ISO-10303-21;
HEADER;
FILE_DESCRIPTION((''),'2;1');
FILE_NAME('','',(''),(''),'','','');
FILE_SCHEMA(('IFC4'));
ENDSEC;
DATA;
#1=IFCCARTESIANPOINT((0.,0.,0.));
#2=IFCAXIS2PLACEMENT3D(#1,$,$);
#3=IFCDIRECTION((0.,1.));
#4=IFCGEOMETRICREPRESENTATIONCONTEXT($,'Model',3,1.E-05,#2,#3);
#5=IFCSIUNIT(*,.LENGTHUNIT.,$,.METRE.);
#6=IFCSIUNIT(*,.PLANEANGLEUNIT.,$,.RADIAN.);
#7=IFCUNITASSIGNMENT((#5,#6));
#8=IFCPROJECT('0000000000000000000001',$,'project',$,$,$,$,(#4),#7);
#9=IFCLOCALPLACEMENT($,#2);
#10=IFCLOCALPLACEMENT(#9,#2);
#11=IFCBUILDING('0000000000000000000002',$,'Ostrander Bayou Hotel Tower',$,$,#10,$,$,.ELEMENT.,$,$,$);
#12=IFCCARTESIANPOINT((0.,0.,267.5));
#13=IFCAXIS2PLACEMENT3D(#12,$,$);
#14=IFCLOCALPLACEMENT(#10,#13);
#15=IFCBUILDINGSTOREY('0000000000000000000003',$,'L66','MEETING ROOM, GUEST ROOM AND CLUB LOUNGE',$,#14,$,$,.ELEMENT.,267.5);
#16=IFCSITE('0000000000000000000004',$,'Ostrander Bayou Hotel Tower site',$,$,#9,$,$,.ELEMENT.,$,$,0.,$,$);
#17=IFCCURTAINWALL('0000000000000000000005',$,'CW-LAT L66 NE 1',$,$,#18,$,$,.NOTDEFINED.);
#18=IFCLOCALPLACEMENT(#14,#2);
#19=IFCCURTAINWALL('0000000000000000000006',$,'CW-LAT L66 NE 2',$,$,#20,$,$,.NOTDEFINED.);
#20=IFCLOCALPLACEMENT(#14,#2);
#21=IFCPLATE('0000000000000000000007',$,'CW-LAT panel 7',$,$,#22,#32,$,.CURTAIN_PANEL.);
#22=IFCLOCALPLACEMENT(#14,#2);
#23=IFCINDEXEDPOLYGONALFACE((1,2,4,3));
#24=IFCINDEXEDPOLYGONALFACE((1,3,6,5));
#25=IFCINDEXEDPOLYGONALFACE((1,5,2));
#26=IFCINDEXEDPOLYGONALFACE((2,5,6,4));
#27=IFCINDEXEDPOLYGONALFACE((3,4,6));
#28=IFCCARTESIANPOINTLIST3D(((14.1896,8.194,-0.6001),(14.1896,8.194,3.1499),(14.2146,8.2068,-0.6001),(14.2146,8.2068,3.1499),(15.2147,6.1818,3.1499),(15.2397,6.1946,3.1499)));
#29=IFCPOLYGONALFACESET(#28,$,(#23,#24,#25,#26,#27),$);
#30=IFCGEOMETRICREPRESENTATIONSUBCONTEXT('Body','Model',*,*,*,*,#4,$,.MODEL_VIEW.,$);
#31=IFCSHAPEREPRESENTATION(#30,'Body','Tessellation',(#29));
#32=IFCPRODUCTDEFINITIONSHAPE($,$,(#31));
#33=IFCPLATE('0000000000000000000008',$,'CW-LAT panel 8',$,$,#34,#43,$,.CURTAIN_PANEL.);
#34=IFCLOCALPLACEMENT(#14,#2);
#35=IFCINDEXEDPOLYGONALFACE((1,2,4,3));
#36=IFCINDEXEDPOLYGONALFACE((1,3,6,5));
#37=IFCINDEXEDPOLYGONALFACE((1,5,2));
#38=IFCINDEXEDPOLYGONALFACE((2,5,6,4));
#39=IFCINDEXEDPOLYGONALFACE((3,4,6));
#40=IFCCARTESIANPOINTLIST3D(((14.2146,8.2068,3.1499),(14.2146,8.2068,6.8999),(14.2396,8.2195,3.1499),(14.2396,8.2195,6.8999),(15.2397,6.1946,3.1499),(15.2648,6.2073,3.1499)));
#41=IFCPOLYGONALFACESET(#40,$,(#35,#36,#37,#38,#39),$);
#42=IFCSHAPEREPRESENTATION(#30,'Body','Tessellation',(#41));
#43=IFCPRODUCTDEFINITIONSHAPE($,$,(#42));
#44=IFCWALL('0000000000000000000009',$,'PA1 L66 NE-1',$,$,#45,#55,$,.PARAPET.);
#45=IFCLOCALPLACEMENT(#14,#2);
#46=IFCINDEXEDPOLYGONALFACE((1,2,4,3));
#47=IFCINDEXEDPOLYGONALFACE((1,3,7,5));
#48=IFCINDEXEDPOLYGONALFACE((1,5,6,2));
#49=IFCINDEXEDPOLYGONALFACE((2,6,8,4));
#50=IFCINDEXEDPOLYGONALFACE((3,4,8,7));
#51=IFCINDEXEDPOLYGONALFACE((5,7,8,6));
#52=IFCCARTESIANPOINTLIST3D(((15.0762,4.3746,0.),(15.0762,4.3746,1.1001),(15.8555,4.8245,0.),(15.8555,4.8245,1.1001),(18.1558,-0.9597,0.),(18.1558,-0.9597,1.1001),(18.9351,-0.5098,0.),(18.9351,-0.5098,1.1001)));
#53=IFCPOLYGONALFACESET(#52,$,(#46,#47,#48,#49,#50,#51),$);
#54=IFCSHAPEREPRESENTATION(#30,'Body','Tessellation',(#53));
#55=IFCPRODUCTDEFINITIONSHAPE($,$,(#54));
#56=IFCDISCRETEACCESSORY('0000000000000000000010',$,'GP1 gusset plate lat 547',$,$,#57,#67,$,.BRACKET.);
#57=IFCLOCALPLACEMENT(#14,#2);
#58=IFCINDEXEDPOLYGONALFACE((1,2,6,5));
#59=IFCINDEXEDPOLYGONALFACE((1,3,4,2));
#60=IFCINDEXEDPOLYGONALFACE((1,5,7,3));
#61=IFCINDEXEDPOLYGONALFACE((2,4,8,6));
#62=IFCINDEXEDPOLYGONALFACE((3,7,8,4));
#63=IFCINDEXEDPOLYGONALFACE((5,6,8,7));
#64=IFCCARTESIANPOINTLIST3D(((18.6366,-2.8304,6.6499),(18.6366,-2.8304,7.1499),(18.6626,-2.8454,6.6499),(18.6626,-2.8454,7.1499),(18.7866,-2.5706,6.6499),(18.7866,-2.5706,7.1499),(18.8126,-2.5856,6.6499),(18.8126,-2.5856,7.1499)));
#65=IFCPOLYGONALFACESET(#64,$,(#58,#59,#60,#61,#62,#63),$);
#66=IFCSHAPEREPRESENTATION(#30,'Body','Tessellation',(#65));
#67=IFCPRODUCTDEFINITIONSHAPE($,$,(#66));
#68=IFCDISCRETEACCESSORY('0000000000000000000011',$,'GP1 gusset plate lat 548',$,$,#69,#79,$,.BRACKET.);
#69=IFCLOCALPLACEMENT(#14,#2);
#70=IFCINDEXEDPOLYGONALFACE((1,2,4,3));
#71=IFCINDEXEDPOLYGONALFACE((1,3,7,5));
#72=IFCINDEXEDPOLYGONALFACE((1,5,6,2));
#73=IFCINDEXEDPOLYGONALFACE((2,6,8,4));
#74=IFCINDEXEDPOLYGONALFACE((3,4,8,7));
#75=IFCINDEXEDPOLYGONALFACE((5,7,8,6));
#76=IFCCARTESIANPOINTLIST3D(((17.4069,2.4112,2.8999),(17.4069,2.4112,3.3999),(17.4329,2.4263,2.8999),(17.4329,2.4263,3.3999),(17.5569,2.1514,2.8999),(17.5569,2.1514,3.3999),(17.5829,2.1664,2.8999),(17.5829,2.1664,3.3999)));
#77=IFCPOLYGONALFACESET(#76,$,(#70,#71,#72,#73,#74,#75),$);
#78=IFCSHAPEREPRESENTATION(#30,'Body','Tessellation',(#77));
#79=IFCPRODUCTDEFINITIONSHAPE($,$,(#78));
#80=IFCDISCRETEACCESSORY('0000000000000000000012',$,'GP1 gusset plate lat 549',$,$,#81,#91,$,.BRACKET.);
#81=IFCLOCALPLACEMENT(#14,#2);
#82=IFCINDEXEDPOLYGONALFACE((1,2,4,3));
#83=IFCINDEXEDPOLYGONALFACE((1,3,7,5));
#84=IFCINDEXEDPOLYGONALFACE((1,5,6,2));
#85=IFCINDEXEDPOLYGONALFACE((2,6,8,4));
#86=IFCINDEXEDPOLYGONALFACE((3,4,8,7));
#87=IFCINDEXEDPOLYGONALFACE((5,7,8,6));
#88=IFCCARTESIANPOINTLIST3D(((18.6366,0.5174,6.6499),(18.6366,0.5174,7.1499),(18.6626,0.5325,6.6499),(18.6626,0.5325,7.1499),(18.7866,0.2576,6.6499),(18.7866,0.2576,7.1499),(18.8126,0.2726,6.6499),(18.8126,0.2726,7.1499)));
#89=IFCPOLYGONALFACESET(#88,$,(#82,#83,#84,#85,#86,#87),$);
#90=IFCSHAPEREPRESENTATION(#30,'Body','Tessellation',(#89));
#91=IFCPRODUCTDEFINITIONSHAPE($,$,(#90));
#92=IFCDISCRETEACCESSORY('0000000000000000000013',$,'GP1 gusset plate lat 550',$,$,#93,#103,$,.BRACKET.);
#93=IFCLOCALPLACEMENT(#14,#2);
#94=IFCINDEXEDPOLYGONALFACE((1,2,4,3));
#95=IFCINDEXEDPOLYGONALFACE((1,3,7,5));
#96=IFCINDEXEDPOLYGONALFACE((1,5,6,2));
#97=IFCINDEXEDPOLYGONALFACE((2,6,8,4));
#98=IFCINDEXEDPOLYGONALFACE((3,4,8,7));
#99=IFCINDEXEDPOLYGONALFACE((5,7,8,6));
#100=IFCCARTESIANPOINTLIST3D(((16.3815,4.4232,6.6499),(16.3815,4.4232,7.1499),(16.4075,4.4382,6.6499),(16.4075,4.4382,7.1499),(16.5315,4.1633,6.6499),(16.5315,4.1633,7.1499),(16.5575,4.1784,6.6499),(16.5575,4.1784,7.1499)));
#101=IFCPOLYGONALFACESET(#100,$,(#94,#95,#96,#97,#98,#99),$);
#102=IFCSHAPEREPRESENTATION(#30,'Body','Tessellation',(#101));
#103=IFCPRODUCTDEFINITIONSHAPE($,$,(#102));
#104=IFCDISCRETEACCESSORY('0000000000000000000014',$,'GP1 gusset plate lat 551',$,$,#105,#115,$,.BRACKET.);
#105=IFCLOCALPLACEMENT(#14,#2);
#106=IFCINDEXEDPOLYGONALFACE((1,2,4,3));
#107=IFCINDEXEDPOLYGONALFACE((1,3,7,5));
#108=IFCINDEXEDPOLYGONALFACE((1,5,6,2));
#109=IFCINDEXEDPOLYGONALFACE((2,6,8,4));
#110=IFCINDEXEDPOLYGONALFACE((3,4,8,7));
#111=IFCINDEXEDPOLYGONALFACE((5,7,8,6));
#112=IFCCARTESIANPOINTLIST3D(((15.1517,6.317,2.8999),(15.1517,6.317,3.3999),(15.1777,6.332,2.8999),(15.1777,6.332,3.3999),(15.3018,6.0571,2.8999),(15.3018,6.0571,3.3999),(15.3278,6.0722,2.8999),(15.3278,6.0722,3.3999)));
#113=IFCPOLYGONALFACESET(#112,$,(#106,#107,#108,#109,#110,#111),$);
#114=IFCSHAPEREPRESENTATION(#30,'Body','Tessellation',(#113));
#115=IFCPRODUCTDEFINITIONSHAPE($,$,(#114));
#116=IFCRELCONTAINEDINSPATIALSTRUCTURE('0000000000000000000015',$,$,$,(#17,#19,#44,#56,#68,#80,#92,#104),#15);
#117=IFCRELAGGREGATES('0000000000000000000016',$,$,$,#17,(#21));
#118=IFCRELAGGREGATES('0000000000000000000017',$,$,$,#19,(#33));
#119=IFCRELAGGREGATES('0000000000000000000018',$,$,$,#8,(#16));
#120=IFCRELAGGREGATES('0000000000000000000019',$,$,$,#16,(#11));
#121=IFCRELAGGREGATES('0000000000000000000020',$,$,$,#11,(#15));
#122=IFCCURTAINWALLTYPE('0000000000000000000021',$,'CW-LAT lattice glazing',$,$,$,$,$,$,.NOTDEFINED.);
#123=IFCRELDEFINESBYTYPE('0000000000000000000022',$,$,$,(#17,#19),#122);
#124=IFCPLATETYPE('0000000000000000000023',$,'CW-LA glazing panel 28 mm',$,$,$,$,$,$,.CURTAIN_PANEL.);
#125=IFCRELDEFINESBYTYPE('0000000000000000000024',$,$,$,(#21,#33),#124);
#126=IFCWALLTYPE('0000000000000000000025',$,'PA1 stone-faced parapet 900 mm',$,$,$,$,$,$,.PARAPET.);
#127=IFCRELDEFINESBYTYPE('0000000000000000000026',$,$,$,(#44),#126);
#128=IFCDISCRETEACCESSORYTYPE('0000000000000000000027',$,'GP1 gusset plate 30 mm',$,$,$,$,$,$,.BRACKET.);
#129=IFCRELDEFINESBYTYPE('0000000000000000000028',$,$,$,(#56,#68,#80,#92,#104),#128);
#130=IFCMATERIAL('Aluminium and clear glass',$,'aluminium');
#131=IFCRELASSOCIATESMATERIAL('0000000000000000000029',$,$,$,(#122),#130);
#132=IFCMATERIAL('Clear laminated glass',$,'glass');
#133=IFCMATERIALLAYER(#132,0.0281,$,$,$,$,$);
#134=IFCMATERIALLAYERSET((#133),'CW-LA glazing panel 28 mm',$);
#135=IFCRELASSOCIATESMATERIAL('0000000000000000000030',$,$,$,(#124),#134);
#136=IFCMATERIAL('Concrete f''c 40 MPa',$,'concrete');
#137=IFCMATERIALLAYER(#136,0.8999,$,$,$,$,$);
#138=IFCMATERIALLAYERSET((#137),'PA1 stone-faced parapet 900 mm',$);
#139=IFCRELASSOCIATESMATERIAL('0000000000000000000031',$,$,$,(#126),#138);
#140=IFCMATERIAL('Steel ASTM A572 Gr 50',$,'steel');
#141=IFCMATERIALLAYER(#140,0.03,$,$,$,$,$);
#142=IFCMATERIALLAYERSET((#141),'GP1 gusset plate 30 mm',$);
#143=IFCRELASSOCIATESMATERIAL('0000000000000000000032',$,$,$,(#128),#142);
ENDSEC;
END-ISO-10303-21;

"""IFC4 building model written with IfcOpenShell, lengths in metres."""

from ifc_helpers import new_model, si_unit, direction, frame, frame_2d, origin, origin_2d, place, context, subcontext, project, spatial, polyline, rectangle, outline, extrude, material, layer, layer_set, type_object, element, aggregate, save


model = new_model("IFC4")

# Units and contexts
model_context = context("Model", 3, precision=1e-05, world=origin(), true_north=direction((0.0, 1.0)))
body_context = subcontext(model_context, "Body", "Model", "MODEL_VIEW")
ifc_project = project(units=[si_unit("LENGTHUNIT", "METRE"), si_unit("PLANEANGLEUNIT", "RADIAN")], contexts=[model_context])

# Site, building, storey
site_placement = place(None, origin())
site = spatial("IfcSite", under=ifc_project, at=site_placement, Name="Ostrander Bayou Hotel Tower site", CompositionType="ELEMENT", RefElevation=0.0)
building_placement = place(site_placement, origin())
building = spatial("IfcBuilding", under=site, at=building_placement, Name="Ostrander Bayou Hotel Tower", CompositionType="ELEMENT")
storey_placement = place(building_placement, frame((0.0, 0.0, 267.5)))
storey = spatial("IfcBuildingStorey", under=building, at=storey_placement, Name="L66", Description="MEETING ROOM, GUEST ROOM AND CLUB LOUNGE", CompositionType="ELEMENT", Elevation=267.5)

# Curtain wall
ifc_material_1 = material(Name="Aluminium and clear glass", Category="aluminium")
curtain_wall_type = type_object("IfcCurtainWallType", Name="CW-LAT lattice glazing", PredefinedType="NOTDEFINED", material=ifc_material_1)
curtain_wall_1_placement = place(storey_placement, origin())
curtain_wall_1 = element("IfcCurtainWall", 1, at=curtain_wall_1_placement, inside=storey, type_object=curtain_wall_type, Name="CW-LAT L66 NE 1", PredefinedType="NOTDEFINED")

# Curtain wall
curtain_wall_2_placement = place(storey_placement, origin())
curtain_wall_2 = element("IfcCurtainWall", 2, at=curtain_wall_2_placement, inside=storey, type_object=curtain_wall_type, Name="CW-LAT L66 NE 2", PredefinedType="NOTDEFINED")

# Shared definitions
ifc_material_2 = material(Name="Clear laminated glass", Category="glass")
ifc_layer_1 = layer(ifc_material_2, 0.0281)
ifc_layer_set_1 = layer_set([ifc_layer_1], Name="CW-LA glazing panel 28 mm")
plate_type = type_object("IfcPlateType", Name="CW-LA glazing panel 28 mm", PredefinedType="CURTAIN_PANEL", material=ifc_layer_set_1)

# Plates
plate_1_placement = place(storey_placement, frame((15.2397, 6.1946, 3.1499), z_axis=(0.891029, 0.453947, 0.0), x_axis=(-0.234186, 0.459672, -0.856656)))
plate_1 = element("IfcPlate", 3, at=plate_1_placement, type_object=plate_type, Name="CW-LAT panel 7", PredefinedType="CURTAIN_PANEL", context=body_context, shape_type="SweptSolid", body=[
    extrude(outline(polyline([(0.0, 0.0), (4.3775, 0.0), (1.165, 1.9346), (0.0, 0.0)])), origin(), (0.0, 0.0, -1.0), 0.0281),
])
aggregate(curtain_wall_1, [plate_1])
plate_2_placement = place(storey_placement, frame((15.2397, 6.1946, 3.1499), z_axis=(-0.891029, -0.453947, 0.0), x_axis=(-0.234186, 0.459672, 0.856656)))
plate_2 = element("IfcPlate", 4, at=plate_2_placement, type_object=plate_type, Name="CW-LAT panel 8", PredefinedType="CURTAIN_PANEL", context=body_context, shape_type="SweptSolid", body=[
    extrude(outline(polyline([(0.0, 0.0), (4.3775, 0.0), (1.165, 1.9346), (0.0, 0.0)])), origin(), (0.0, 0.0, -1.0), 0.0281),
])
aggregate(curtain_wall_2, [plate_2])

# Wall
ifc_material_3 = material(Name="Concrete f'c 40 MPa", Category="concrete")
ifc_layer_2 = layer(ifc_material_3, 0.8999)
ifc_layer_set_2 = layer_set([ifc_layer_2], Name="PA1 stone-faced parapet 900 mm")
wall_type = type_object("IfcWallType", Name="PA1 stone-faced parapet 900 mm", PredefinedType="PARAPET", material=ifc_layer_set_2)
wall_placement = place(storey_placement, frame((18.5454, -0.7346, 0.0), z_axis=(0.0, 0.0, 1.0), x_axis=(-0.499984, 0.866034, 0.0)))
element("IfcWall", 5, at=wall_placement, inside=storey, type_object=wall_type, Name="PA1 L66 NE-1", PredefinedType="PARAPET", context=body_context, shape_type="SweptSolid", body=[
    extrude(rectangle(XDim=6.1594, YDim=0.8999, at=frame_2d((3.0796, 0.0))), origin(), (0.0, 0.0, 1.0), 1.1001),
])

# Discrete accessories
ifc_material_4 = material(Name="Steel ASTM A572 Gr 50", Category="steel")
ifc_layer_3 = layer(ifc_material_4, 0.03)
ifc_layer_set_3 = layer_set([ifc_layer_3], Name="GP1 gusset plate 30 mm")
discrete_accessory_type = type_object("IfcDiscreteAccessoryType", Name="GP1 gusset plate 30 mm", PredefinedType="BRACKET", material=ifc_layer_set_3)
for number, where, z_axis, x_axis, name in (
    (6, (18.7246, -2.708, 6.6499), (0.0, 0.0, 1.0), (0.5, 0.866025, 0.0), "GP1 gusset plate lat 547"),
    (7, (17.4949, 2.2888, 2.8999), (0.0, 0.0, 1.0), (-0.5, 0.866025, 0.0), "GP1 gusset plate lat 548"),
    (8, (18.7246, 0.395, 6.6499), (0.0, 0.0, 1.0), (-0.5, 0.866025, 0.0), "GP1 gusset plate lat 549"),
    (9, (16.4695, 4.3008, 6.6499), (0.0, 0.0, 1.0), (-0.5, 0.866025, 0.0), "GP1 gusset plate lat 550"),
    (10, (15.2397, 6.1946, 2.8999), (0.0, 0.0, 1.0), (-0.5, 0.866025, 0.0), "GP1 gusset plate lat 551"),
):
    element("IfcDiscreteAccessory", number, at=place(storey_placement, frame(where, z_axis=z_axis, x_axis=x_axis)), inside=storey, type_object=discrete_accessory_type, Name=name, PredefinedType="BRACKET", context=body_context, shape_type="SweptSolid", body=[
        extrude(rectangle(XDim=0.3, YDim=0.03, at=origin_2d()), origin(), (0.0, 0.0, 1.0), 0.5),
    ])

save(model, "model.ifc")
